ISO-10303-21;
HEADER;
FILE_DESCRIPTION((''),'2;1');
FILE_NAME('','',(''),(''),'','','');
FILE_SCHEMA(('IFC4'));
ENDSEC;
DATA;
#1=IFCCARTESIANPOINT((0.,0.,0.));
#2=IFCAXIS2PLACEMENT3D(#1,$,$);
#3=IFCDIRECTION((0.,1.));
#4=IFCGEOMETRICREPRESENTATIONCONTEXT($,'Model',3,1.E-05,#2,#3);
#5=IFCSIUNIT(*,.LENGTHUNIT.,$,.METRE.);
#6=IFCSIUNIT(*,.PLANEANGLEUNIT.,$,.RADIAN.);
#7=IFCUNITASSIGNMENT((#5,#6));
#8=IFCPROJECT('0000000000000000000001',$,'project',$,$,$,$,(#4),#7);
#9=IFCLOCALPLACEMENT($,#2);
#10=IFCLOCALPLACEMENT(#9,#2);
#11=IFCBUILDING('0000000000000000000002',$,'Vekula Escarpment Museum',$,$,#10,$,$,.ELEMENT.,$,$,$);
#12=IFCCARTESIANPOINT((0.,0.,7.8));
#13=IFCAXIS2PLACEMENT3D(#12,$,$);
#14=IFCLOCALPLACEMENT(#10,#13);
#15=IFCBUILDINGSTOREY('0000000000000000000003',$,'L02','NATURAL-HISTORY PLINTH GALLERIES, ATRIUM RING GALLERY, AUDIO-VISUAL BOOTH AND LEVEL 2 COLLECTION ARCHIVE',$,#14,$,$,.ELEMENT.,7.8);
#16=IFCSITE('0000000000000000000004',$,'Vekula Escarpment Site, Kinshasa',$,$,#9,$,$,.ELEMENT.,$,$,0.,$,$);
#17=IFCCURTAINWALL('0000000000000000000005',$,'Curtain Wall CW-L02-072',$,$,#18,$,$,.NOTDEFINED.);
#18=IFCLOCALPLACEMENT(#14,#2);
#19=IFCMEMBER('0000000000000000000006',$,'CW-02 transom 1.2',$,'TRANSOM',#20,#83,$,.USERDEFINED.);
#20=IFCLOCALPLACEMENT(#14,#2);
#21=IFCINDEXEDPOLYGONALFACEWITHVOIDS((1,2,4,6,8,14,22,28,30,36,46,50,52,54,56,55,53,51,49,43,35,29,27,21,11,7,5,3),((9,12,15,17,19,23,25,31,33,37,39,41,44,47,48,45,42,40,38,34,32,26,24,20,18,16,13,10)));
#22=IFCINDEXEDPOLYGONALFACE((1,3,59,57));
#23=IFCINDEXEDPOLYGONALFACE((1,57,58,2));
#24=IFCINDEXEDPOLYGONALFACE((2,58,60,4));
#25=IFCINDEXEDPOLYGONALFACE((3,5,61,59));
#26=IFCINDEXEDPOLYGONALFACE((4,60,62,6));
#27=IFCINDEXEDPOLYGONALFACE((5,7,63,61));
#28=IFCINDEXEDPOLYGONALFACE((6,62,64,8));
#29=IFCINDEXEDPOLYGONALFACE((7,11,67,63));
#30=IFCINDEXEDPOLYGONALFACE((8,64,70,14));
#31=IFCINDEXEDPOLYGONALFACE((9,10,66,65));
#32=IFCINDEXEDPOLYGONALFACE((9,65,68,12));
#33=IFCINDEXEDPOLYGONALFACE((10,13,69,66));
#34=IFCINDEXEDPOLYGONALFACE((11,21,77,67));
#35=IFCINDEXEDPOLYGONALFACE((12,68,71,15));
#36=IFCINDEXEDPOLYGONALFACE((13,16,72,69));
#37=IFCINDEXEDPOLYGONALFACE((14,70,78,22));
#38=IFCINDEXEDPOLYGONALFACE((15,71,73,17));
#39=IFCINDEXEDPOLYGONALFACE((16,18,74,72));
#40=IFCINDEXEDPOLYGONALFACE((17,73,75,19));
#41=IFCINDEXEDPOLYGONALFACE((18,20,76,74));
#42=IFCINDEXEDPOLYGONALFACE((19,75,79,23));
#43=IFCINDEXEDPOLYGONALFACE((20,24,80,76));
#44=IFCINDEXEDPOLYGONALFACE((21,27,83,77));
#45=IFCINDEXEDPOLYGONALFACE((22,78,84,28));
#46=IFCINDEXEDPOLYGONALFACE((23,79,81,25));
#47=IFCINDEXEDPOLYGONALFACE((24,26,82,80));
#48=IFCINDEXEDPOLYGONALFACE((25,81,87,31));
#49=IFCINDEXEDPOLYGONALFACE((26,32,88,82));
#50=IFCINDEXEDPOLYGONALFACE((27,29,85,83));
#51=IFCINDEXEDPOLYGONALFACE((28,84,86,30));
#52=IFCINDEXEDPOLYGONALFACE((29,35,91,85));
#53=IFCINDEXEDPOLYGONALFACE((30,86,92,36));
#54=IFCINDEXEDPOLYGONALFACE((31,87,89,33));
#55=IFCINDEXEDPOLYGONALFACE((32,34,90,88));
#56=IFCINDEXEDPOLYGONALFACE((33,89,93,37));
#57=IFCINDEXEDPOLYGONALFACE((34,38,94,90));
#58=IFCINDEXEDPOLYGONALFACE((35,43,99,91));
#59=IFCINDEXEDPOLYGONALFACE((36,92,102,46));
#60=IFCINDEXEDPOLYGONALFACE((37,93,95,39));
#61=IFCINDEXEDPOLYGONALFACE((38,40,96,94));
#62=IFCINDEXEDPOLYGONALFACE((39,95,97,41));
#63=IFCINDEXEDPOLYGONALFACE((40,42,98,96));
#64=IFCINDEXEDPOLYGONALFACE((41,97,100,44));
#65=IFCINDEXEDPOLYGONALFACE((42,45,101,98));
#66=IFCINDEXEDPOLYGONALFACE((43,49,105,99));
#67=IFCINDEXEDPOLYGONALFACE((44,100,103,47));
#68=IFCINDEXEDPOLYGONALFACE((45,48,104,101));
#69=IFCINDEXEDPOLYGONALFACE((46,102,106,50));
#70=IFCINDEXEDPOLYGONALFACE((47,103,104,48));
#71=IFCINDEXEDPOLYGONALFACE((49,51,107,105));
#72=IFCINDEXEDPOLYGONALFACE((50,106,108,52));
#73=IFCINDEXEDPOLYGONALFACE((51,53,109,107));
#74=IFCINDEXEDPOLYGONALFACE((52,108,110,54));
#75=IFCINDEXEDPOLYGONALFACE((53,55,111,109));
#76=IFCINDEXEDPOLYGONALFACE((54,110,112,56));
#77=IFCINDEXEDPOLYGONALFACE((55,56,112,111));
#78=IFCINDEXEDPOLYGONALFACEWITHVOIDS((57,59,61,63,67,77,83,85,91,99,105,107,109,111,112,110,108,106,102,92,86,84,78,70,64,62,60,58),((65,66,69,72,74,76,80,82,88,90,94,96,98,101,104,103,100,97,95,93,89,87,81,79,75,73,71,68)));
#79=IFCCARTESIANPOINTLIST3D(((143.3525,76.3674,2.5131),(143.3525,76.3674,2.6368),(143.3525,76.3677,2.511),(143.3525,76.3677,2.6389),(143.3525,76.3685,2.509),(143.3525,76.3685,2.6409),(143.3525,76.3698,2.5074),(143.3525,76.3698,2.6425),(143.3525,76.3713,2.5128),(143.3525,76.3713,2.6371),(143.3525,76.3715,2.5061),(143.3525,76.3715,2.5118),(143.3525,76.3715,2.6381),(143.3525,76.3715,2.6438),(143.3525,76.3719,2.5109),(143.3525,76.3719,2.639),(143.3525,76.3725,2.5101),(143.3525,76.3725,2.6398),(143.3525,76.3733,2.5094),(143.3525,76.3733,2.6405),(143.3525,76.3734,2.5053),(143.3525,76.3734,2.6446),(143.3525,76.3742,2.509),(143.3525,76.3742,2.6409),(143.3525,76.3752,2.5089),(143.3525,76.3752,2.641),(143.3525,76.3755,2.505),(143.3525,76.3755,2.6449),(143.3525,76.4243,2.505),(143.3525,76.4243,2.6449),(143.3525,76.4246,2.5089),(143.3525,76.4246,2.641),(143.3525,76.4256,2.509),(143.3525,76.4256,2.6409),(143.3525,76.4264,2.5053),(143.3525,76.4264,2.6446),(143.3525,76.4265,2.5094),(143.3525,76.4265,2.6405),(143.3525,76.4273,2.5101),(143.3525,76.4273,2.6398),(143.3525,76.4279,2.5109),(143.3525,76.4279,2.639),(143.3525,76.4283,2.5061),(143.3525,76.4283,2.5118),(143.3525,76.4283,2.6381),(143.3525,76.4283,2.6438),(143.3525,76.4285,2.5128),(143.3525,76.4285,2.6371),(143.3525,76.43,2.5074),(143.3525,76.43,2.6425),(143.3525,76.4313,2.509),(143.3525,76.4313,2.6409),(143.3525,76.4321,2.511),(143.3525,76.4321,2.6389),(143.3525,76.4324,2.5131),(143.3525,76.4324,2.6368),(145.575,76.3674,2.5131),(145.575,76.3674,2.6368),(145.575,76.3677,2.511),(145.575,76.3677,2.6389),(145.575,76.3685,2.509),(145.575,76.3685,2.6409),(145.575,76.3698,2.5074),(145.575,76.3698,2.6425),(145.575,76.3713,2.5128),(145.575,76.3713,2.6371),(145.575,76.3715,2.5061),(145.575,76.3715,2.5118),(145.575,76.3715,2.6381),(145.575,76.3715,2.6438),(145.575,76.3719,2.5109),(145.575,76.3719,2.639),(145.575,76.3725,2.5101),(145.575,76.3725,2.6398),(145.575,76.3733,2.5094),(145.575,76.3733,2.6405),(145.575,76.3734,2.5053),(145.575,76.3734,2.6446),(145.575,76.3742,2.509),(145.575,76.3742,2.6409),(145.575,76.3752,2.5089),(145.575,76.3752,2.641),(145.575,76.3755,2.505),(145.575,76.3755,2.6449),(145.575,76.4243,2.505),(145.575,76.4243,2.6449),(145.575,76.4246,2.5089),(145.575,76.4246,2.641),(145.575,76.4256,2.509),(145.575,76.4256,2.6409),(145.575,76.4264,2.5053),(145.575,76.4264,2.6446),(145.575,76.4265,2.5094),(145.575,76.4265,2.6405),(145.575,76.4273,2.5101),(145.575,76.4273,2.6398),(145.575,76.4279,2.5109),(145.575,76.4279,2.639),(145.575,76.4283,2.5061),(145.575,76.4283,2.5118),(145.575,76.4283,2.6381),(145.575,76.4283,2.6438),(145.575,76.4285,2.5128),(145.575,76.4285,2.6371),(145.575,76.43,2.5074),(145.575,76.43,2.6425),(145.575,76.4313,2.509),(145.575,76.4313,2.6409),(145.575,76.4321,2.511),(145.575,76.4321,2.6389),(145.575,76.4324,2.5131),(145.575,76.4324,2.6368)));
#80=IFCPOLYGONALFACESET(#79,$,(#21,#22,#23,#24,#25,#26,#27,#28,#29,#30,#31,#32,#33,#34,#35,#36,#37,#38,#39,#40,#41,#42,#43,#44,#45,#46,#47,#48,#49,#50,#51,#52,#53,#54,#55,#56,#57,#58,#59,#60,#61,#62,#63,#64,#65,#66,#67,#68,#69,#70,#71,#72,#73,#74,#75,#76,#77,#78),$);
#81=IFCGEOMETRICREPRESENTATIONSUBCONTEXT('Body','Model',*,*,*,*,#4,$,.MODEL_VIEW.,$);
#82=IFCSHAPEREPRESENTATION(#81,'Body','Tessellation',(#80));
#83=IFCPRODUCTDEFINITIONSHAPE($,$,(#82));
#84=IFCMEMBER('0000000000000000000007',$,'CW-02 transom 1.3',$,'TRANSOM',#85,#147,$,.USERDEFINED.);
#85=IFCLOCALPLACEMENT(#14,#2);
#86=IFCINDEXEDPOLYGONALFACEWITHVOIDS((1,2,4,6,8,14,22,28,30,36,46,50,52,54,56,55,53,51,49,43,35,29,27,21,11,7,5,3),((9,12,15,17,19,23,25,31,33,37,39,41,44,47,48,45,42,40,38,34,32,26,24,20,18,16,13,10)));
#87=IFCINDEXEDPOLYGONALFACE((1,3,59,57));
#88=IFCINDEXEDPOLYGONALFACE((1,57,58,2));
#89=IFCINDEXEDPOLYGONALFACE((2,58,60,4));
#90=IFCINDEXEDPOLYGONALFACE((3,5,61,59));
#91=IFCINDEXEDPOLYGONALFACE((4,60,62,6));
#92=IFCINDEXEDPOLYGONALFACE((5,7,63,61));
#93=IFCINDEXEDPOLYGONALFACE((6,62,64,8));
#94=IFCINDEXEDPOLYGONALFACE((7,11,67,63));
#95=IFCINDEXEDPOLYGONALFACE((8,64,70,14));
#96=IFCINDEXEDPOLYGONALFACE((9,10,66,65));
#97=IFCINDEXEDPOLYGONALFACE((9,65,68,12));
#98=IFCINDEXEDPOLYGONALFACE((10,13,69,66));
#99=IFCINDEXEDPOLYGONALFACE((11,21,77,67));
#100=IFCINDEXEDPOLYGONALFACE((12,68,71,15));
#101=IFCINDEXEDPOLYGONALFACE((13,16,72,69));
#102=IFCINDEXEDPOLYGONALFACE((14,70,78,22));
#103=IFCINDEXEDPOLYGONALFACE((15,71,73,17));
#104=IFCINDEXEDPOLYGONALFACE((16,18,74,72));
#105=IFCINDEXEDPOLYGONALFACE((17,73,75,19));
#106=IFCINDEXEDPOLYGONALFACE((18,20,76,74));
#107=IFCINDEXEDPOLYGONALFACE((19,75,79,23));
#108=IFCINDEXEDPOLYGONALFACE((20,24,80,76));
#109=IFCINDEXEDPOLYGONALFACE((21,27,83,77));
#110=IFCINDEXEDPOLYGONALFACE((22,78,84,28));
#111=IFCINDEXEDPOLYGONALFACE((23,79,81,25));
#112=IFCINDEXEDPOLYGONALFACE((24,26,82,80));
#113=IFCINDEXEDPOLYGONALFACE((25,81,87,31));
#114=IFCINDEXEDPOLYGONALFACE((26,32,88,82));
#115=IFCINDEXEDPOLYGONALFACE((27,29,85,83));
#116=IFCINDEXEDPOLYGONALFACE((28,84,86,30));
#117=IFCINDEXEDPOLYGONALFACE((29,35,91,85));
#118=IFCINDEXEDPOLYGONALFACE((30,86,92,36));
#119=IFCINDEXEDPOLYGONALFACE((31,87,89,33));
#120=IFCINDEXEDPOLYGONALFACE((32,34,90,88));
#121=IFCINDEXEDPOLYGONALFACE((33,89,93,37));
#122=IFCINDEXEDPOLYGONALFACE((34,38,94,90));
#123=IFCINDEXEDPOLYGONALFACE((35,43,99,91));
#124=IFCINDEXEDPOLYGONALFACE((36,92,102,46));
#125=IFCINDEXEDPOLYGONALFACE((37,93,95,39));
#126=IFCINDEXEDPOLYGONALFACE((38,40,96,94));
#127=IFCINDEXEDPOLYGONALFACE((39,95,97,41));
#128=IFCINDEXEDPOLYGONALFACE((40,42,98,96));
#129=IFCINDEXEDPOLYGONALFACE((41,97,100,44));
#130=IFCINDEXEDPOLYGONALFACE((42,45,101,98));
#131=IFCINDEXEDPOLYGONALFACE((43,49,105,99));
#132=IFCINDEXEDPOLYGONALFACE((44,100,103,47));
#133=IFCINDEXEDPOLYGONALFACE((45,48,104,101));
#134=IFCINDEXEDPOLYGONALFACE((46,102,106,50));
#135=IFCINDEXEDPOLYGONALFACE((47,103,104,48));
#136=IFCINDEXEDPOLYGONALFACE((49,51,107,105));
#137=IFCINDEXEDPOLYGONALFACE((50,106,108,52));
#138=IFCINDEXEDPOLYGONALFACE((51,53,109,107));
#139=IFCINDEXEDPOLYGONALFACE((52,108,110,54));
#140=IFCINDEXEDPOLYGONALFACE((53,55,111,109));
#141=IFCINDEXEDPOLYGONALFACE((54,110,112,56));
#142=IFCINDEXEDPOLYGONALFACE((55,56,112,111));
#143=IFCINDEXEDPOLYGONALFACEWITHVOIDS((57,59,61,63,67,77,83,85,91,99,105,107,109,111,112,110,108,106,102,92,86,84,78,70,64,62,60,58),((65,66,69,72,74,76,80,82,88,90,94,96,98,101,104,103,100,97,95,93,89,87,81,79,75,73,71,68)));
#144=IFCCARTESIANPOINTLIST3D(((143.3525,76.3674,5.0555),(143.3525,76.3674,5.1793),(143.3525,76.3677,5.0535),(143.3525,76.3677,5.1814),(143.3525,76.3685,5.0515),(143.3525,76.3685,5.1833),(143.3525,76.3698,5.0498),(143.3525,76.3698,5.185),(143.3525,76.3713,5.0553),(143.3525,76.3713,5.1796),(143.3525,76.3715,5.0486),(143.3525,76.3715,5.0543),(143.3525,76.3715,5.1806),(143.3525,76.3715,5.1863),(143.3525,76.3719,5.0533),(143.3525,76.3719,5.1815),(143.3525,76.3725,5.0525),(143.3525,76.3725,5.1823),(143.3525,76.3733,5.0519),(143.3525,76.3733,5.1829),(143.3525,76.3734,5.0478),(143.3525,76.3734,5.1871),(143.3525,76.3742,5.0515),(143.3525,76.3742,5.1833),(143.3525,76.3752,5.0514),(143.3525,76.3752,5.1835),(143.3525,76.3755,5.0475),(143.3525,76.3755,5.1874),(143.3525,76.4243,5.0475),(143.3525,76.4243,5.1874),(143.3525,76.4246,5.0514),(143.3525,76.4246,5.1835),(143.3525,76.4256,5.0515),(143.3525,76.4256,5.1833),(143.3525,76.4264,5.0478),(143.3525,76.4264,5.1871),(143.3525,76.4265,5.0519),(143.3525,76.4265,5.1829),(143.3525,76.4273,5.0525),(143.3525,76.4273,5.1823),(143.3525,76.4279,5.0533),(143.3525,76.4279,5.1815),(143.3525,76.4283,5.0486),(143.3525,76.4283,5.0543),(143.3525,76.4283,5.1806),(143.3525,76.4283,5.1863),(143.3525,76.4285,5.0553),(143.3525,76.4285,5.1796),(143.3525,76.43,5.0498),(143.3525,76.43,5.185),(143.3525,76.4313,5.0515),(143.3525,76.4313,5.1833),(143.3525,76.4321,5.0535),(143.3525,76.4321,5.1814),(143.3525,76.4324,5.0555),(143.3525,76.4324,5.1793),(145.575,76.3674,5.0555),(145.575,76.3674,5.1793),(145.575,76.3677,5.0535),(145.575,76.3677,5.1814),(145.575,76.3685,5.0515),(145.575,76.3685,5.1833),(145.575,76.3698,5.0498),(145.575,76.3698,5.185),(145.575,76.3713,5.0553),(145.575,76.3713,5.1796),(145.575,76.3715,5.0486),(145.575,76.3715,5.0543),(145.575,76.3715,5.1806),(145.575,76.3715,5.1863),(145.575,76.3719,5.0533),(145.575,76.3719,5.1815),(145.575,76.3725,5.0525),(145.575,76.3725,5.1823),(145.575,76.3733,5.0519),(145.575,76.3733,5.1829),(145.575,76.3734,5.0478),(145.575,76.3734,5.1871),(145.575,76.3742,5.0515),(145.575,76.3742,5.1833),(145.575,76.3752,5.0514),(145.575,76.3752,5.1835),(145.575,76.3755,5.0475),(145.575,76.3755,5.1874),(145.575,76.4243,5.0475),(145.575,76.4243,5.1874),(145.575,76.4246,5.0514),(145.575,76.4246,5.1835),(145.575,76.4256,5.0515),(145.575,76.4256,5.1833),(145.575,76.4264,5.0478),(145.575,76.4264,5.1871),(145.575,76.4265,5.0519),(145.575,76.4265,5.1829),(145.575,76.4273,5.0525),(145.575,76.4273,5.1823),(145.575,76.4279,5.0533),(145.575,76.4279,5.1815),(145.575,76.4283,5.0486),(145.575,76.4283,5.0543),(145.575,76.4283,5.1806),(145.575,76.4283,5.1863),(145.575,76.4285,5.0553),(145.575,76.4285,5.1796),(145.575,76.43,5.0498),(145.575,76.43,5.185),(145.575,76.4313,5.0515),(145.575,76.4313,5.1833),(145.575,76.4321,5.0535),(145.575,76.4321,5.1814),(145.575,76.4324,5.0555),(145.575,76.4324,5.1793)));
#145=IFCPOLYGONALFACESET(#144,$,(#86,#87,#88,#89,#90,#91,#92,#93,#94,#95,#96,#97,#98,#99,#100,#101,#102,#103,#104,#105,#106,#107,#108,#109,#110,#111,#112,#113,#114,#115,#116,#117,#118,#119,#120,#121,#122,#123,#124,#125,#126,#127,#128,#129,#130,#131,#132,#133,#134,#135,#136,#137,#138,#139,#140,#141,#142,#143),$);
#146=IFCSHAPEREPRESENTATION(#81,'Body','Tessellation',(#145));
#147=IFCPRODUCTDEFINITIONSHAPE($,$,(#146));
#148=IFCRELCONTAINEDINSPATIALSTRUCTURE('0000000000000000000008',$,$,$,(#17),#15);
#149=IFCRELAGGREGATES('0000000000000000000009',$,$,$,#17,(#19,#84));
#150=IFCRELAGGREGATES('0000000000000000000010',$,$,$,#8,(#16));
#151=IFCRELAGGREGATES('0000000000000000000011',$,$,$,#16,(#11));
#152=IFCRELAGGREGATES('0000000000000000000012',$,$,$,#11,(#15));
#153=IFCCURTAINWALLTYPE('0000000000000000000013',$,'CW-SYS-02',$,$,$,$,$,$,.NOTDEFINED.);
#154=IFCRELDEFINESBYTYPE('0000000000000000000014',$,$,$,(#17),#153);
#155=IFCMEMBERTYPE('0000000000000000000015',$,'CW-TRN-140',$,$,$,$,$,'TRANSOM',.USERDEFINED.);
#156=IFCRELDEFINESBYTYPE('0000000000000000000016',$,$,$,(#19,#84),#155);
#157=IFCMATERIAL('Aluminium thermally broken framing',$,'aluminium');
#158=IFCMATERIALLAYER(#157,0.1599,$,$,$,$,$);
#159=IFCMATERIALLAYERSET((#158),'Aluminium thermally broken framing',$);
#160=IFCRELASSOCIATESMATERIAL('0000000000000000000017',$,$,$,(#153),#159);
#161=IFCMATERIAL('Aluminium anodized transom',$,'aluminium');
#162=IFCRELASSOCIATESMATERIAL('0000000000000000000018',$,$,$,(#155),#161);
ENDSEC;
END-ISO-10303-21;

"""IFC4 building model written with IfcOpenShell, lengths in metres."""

from ifc_helpers import new_model, si_unit, direction, frame, origin, origin_2d, place, context, subcontext, project, spatial, hollow_rectangle, extrude, material, layer, layer_set, material_profile, profile_set, type_object, element, aggregate, save


model = new_model("IFC4")

# Units and contexts
model_context = context("Model", 3, precision=1e-05, world=origin(), true_north=direction((0.0, 1.0)))
body_context = subcontext(model_context, "Body", "Model", "MODEL_VIEW")
ifc_project = project(units=[si_unit("LENGTHUNIT", "METRE"), si_unit("PLANEANGLEUNIT", "RADIAN")], contexts=[model_context])

# Site, building, storey
site_placement = place(None, origin())
site = spatial("IfcSite", under=ifc_project, at=site_placement, Name="Vekula Escarpment Site, Kinshasa", CompositionType="ELEMENT", RefElevation=0.0)
building_placement = place(site_placement, origin())
building = spatial("IfcBuilding", under=site, at=building_placement, Name="Vekula Escarpment Museum", CompositionType="ELEMENT")
storey_placement = place(building_placement, frame((0.0, 0.0, 7.8)))
storey = spatial("IfcBuildingStorey", under=building, at=storey_placement, Name="L02", Description="NATURAL-HISTORY PLINTH GALLERIES, ATRIUM RING GALLERY, AUDIO-VISUAL BOOTH AND LEVEL 2 COLLECTION ARCHIVE", CompositionType="ELEMENT", Elevation=7.8)

# Curtain wall
ifc_material_1 = material(Name="Aluminium thermally broken framing", Category="aluminium")
ifc_layer_1 = layer(ifc_material_1, 0.1599)
ifc_layer_set_1 = layer_set([ifc_layer_1], Name="Aluminium thermally broken framing")
curtain_wall_type_1 = type_object("IfcCurtainWallType", Name="CW-SYS-02", PredefinedType="NOTDEFINED", material=ifc_layer_set_1)
curtain_wall_1_placement = place(storey_placement, origin())
curtain_wall_1 = element("IfcCurtainWall", 1, at=curtain_wall_1_placement, inside=storey, type_object=curtain_wall_type_1, Name="Curtain Wall CW-L02-072", PredefinedType="NOTDEFINED")

# Members
ifc_material_2 = material(Name="Aluminium anodized transom", Category="aluminium")
ifc_material_profile_1 = material_profile(ifc_material_2, hollow_rectangle(XDim=0.0649, YDim=0.1399, WallThickness=0.0039, InnerFilletRadius=0.0039, OuterFilletRadius=0.0081, at=origin_2d()), Name="ALU 140x65x4")
ifc_profile_set_1 = profile_set([ifc_material_profile_1], Name="Aluminium anodized transom")
member_type_1 = type_object("IfcMemberType", Name="CW-TRN-140", ElementType="TRANSOM", PredefinedType="USERDEFINED", material=ifc_profile_set_1)
member_1_placement = place(storey_placement, frame((145.575, 76.3999, 2.575), z_axis=(-1.0, 0.0, 0.0), x_axis=(0.0, -1.0, 0.0)))
member_1 = element("IfcMember", 2, at=member_1_placement, type_object=member_type_1, Name="CW-02 transom 1.2", ObjectType="TRANSOM", PredefinedType="USERDEFINED", context=body_context, shape_type="SweptSolid", body=[
    extrude(hollow_rectangle(XDim=0.0649, YDim=0.1399, WallThickness=0.0039, InnerFilletRadius=0.0039, OuterFilletRadius=0.0081, at=origin_2d()), origin(), (0.0, 0.0, 1.0), 2.2224),
])
member_2_placement = place(storey_placement, frame((145.575, 76.3999, 5.1174), z_axis=(-1.0, 0.0, 0.0), x_axis=(0.0, -1.0, 0.0)))
member_2 = element("IfcMember", 3, at=member_2_placement, type_object=member_type_1, Name="CW-02 transom 1.3", ObjectType="TRANSOM", PredefinedType="USERDEFINED", context=body_context, shape_type="SweptSolid", body=[
    extrude(hollow_rectangle(XDim=0.0649, YDim=0.1399, WallThickness=0.0039, InnerFilletRadius=0.0039, OuterFilletRadius=0.0081, at=origin_2d()), origin(), (0.0, 0.0, 1.0), 2.2224),
])

aggregate(curtain_wall_1, [member_1, member_2])

save(model, "model.ifc")
